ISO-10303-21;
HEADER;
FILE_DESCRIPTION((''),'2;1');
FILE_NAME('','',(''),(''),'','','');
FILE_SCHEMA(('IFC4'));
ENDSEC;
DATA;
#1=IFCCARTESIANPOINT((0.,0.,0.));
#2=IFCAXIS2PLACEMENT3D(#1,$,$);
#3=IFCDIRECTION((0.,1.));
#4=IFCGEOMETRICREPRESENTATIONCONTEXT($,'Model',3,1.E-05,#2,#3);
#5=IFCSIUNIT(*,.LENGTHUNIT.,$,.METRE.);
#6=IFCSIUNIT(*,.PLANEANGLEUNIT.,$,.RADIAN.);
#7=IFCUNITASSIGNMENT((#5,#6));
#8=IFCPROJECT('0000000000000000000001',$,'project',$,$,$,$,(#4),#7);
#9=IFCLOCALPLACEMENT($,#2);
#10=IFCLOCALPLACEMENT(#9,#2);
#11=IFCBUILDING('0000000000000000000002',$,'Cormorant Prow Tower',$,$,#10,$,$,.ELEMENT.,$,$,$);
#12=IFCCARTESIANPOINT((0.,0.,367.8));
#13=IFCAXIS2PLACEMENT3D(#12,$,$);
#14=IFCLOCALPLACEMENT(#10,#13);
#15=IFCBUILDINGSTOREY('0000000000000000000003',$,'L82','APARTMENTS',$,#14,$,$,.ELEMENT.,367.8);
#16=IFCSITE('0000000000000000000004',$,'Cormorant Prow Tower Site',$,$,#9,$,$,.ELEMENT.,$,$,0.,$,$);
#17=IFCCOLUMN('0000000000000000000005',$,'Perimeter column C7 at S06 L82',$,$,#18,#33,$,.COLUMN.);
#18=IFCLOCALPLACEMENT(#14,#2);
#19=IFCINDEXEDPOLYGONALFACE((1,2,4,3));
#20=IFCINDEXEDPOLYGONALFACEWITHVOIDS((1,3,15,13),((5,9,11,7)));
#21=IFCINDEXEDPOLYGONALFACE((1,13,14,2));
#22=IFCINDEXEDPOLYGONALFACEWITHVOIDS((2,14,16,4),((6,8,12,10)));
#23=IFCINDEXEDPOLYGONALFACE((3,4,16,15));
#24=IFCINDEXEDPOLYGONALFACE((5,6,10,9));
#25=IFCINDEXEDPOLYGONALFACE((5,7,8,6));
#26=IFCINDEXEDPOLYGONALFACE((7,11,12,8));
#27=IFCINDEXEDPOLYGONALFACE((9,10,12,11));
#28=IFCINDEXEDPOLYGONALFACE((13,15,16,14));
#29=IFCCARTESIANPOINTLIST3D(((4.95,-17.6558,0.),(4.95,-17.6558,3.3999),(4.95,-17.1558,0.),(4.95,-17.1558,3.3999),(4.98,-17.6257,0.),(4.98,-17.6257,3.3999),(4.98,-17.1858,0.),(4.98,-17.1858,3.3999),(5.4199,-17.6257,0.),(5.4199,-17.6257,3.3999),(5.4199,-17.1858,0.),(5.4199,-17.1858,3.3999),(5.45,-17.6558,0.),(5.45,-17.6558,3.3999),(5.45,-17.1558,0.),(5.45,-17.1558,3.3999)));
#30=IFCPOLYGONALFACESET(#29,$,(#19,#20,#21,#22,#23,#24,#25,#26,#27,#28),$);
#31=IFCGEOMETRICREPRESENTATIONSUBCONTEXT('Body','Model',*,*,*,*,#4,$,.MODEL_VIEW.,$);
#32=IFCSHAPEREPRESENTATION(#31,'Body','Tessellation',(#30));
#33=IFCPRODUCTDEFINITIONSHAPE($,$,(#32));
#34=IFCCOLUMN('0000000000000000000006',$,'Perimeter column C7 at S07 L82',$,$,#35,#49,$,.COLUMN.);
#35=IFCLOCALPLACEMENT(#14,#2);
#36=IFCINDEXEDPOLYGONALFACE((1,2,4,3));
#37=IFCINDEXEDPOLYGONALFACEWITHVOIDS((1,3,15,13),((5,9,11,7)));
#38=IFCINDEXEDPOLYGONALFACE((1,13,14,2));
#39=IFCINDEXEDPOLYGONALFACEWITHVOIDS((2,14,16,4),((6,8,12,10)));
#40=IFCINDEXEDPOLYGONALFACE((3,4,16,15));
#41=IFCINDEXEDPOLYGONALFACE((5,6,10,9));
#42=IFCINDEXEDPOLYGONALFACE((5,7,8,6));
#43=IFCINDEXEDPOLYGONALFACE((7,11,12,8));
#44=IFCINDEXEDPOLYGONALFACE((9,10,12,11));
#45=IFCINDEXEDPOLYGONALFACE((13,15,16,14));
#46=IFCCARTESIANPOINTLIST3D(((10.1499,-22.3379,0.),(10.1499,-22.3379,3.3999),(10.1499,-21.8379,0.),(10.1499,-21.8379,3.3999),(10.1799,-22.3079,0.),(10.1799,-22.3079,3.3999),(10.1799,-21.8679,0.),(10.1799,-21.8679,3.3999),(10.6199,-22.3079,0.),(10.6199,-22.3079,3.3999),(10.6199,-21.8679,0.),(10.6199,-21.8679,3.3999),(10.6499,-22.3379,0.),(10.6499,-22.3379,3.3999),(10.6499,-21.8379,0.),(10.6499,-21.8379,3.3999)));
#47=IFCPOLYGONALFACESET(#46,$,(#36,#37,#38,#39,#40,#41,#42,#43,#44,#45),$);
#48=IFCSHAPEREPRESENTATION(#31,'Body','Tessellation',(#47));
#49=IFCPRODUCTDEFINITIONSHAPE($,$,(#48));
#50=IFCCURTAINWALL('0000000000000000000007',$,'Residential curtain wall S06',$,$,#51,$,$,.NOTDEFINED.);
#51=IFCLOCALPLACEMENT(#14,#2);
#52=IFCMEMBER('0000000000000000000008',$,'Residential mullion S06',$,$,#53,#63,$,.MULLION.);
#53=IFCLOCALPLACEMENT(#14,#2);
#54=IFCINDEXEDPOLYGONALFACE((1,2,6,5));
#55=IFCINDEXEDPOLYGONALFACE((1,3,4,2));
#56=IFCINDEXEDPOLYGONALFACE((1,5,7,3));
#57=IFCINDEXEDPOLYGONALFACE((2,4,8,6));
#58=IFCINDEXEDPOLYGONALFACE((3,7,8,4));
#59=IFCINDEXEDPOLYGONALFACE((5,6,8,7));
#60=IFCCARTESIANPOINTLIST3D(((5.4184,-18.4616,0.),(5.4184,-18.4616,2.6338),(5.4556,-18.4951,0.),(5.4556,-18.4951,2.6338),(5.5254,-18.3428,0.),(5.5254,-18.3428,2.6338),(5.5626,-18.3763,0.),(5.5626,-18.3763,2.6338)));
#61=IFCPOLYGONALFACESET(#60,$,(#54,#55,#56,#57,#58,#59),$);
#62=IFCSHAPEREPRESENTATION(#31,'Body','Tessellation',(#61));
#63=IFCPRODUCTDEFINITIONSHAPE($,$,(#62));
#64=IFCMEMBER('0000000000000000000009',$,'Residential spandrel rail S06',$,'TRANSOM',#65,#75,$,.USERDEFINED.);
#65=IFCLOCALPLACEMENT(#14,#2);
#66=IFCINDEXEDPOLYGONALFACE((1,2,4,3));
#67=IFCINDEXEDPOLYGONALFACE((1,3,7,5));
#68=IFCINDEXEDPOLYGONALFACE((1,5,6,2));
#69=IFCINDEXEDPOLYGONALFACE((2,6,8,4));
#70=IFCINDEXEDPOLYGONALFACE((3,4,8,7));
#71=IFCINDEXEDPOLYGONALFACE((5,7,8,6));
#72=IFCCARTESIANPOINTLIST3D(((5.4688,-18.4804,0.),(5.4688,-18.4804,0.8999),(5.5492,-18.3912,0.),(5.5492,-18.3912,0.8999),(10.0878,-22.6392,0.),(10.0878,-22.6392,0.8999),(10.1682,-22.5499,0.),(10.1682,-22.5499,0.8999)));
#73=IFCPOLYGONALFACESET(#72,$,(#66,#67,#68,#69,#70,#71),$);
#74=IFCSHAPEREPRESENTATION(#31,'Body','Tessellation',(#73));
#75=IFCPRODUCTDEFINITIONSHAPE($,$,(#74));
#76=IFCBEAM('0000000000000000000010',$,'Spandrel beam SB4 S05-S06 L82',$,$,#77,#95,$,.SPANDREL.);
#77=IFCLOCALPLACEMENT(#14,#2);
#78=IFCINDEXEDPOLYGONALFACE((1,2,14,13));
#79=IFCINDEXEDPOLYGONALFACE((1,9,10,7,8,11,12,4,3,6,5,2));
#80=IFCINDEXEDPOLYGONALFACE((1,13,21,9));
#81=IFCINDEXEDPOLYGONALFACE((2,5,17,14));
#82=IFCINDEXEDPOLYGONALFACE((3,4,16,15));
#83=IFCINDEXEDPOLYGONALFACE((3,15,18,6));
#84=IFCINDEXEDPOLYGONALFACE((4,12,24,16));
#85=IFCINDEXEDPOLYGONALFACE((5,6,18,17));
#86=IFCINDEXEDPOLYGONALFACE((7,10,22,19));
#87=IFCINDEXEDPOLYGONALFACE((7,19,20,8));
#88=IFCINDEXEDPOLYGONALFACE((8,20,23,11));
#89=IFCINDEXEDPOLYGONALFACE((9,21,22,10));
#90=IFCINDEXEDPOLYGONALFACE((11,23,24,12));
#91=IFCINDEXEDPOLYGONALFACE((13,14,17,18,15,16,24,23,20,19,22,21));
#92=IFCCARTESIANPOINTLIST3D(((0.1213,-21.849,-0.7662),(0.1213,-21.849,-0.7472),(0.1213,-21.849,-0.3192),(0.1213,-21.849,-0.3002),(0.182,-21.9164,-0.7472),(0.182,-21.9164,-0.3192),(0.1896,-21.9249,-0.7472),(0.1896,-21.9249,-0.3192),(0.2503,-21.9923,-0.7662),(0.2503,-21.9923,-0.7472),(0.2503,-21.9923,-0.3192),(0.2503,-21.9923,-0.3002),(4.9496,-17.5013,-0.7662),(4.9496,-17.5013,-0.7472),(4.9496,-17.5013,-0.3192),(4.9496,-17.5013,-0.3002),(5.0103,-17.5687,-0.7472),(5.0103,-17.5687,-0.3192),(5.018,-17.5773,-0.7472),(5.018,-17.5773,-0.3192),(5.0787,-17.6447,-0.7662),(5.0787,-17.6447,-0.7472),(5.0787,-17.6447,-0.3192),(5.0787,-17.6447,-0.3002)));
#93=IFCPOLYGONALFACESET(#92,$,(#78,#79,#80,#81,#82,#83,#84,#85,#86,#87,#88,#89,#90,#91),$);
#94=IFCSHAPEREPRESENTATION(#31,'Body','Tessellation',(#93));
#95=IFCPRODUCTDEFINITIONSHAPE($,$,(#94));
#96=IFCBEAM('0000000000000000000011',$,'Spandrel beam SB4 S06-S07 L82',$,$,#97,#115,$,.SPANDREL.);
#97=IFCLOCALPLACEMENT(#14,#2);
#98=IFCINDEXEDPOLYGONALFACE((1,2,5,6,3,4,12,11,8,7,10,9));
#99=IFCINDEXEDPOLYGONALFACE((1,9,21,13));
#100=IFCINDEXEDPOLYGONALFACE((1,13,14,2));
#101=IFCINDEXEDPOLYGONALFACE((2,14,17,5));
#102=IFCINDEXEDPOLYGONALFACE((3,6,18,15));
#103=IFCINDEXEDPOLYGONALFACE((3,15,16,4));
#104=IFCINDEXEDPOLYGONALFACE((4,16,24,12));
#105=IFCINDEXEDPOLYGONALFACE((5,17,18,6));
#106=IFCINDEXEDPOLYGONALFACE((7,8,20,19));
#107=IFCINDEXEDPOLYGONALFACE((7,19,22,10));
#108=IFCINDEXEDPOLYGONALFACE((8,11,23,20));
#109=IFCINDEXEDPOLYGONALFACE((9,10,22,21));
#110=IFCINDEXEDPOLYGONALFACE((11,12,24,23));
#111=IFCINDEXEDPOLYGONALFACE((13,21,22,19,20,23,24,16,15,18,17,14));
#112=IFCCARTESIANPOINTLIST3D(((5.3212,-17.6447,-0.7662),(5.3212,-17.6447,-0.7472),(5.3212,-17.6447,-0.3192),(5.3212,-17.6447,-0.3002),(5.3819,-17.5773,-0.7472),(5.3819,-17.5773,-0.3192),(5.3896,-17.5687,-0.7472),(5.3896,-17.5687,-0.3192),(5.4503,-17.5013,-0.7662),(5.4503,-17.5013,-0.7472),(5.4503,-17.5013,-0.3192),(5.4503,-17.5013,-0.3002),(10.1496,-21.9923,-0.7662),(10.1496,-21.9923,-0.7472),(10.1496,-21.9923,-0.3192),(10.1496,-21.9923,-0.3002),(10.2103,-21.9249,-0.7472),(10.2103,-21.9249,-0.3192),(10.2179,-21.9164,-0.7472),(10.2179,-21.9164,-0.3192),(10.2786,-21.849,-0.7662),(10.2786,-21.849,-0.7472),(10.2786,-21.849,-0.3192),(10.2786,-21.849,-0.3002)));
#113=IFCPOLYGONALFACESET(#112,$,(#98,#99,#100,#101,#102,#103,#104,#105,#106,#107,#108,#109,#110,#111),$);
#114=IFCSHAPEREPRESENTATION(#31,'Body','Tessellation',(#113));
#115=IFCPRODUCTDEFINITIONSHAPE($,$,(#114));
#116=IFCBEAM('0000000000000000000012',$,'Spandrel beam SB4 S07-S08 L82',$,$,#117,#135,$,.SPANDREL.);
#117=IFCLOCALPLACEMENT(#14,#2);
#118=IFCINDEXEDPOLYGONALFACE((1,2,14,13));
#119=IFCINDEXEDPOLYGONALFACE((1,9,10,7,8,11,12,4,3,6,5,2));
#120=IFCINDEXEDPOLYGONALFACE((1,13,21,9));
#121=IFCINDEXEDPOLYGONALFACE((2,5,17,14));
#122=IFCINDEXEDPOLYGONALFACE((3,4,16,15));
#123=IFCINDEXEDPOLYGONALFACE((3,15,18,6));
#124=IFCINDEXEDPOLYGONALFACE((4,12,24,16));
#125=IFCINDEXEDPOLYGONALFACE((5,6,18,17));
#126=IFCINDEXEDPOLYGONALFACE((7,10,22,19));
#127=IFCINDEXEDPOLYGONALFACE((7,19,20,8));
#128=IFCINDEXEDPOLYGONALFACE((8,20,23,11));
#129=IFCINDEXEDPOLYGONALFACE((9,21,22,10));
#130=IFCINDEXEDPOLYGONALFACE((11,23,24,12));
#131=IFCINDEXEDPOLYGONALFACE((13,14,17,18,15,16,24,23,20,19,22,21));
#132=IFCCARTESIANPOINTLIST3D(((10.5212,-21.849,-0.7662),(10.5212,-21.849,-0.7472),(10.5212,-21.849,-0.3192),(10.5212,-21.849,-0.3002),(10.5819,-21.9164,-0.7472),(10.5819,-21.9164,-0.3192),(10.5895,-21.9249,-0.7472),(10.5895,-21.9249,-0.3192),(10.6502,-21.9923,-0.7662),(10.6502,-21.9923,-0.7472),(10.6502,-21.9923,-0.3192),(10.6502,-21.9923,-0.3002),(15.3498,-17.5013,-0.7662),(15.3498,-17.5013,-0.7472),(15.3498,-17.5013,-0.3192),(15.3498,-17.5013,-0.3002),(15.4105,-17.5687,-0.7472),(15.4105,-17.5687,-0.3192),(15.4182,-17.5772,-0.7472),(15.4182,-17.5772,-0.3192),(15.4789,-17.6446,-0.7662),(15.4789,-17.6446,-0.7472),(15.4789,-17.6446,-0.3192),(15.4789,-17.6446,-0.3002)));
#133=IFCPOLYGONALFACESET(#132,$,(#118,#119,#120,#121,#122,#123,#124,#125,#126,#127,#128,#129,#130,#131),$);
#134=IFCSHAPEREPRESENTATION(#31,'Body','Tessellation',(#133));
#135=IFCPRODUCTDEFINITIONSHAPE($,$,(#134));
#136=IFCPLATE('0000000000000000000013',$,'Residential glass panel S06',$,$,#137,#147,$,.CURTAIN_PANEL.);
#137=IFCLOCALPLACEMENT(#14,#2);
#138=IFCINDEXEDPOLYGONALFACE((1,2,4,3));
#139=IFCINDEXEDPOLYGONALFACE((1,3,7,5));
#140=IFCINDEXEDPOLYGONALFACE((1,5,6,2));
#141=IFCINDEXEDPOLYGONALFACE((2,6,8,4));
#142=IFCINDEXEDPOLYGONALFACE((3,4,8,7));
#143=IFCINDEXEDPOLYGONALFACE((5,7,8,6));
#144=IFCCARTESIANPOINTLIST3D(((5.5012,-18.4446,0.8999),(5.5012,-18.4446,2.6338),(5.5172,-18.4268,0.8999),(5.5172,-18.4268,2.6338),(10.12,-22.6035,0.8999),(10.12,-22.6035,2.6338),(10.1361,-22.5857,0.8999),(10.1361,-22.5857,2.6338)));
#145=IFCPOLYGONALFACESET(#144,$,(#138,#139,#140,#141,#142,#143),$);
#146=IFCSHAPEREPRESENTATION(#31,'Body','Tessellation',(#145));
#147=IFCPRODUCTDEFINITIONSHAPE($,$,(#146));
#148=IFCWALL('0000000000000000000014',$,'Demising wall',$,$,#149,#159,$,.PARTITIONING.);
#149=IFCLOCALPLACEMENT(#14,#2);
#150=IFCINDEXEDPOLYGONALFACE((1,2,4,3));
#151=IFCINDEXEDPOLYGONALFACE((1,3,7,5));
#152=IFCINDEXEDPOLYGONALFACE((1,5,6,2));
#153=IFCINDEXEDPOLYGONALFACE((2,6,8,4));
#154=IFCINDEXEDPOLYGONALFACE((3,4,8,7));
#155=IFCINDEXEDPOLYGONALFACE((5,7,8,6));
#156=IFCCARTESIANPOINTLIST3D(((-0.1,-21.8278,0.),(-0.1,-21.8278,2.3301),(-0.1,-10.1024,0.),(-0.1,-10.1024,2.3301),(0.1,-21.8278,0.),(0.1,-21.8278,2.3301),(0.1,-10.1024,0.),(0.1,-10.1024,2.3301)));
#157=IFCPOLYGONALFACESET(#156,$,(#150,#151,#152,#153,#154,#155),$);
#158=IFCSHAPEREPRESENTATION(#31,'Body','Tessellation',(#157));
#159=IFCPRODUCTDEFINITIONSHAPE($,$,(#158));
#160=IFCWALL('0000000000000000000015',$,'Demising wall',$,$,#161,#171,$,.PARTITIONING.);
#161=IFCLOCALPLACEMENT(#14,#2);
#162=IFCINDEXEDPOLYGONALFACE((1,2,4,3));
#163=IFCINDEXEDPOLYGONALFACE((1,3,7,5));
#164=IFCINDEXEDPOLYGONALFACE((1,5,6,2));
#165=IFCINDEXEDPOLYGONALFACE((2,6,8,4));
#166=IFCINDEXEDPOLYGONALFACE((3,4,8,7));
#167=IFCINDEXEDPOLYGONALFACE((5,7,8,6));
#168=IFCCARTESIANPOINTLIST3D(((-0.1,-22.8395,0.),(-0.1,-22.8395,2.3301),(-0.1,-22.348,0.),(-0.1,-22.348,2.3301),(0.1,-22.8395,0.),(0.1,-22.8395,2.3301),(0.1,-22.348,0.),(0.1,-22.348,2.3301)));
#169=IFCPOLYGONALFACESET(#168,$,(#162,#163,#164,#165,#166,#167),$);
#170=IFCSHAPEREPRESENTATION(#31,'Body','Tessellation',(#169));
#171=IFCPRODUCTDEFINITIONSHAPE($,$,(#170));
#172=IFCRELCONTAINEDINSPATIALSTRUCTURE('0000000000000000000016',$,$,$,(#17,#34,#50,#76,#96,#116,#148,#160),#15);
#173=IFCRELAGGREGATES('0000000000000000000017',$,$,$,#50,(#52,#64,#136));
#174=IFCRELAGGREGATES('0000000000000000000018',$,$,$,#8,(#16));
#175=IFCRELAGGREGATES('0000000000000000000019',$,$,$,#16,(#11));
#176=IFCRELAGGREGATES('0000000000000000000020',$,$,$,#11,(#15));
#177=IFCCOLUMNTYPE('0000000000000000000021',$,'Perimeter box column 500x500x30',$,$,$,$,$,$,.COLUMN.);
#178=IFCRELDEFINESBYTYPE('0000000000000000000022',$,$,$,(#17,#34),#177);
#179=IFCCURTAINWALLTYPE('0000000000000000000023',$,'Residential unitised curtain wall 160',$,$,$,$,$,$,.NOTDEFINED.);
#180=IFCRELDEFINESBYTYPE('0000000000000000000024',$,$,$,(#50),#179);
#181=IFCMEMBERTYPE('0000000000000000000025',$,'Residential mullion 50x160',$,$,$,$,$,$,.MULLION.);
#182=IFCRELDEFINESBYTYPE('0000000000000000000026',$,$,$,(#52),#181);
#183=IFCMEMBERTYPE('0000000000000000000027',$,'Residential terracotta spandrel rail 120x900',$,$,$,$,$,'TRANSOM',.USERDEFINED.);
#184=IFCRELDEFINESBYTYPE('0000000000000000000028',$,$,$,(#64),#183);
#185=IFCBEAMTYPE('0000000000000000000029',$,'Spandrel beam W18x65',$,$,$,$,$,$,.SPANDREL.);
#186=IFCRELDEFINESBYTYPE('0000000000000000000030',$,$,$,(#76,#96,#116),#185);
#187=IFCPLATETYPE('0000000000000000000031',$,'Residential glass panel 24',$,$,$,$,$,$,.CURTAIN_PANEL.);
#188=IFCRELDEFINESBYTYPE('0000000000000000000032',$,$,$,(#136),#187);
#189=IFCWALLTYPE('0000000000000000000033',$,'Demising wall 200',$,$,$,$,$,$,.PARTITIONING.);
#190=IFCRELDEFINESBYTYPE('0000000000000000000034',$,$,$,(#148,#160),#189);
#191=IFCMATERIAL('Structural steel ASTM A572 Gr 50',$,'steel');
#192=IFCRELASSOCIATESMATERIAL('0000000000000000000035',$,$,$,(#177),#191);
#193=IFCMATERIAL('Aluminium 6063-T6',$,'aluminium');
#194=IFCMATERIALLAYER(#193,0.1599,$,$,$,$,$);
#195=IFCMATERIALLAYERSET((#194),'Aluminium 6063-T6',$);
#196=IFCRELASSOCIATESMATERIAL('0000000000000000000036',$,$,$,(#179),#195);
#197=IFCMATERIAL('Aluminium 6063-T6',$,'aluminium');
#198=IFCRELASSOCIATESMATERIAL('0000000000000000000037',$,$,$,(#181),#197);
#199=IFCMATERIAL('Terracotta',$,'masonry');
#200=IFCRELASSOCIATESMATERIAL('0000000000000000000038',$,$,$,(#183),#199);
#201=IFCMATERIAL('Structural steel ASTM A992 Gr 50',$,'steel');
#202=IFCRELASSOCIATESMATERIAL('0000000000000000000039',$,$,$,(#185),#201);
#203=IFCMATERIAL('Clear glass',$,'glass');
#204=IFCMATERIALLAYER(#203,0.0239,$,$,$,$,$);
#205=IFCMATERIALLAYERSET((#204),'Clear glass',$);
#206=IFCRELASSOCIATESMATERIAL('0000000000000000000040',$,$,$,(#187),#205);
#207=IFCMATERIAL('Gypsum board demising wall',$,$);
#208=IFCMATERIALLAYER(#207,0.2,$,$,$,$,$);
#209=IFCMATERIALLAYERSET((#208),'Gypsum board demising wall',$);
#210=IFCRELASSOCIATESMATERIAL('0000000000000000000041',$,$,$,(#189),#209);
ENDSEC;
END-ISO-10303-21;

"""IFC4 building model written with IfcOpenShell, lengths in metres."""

from ifc_helpers import new_model, si_unit, direction, frame, frame_2d, origin, origin_2d, place, context, subcontext, project, spatial, rectangle, hollow_rectangle, i_section, extrude, material, layer, layer_set, material_profile, profile_set, type_object, element, aggregate, save


model = new_model("IFC4")

# Units and contexts
model_context = context("Model", 3, precision=1e-05, world=origin(), true_north=direction((0.0, 1.0)))
body_context = subcontext(model_context, "Body", "Model", "MODEL_VIEW")
ifc_project = project(units=[si_unit("LENGTHUNIT", "METRE"), si_unit("PLANEANGLEUNIT", "RADIAN")], contexts=[model_context])

# Site, building, storey
site_placement = place(None, origin())
site = spatial("IfcSite", under=ifc_project, at=site_placement, Name="Cormorant Prow Tower Site", CompositionType="ELEMENT", RefElevation=0.0)
building_placement = place(site_placement, origin())
building = spatial("IfcBuilding", under=site, at=building_placement, Name="Cormorant Prow Tower", CompositionType="ELEMENT")
storey_placement = place(building_placement, frame((0.0, 0.0, 367.8)))
storey = spatial("IfcBuildingStorey", under=building, at=storey_placement, Name="L82", Description="APARTMENTS", CompositionType="ELEMENT", Elevation=367.8)

# Columns
ifc_material_1 = material(Name="Structural steel ASTM A572 Gr 50", Category="steel")
ifc_material_profile_1 = material_profile(ifc_material_1, hollow_rectangle(XDim=0.5, YDim=0.5, WallThickness=0.03, at=origin_2d()), Name="Box 500x500x30")
ifc_profile_set_1 = profile_set([ifc_material_profile_1], Name="Structural steel ASTM A572 Gr 50")
column_type = type_object("IfcColumnType", Name="Perimeter box column 500x500x30", PredefinedType="COLUMN", material=ifc_profile_set_1)
for number, where, z_axis, x_axis, name in (
    (1, (5.2, -17.4058, 0.0), (0.0, 0.0, 1.0), (1.0, 0.0, 0.0), "Perimeter column C7 at S06 L82"),
    (2, (10.3999, -22.0879, 0.0), (0.0, 0.0, 1.0), (1.0, 0.0, 0.0), "Perimeter column C7 at S07 L82"),
):
    element("IfcColumn", number, at=place(storey_placement, frame(where, z_axis=z_axis, x_axis=x_axis)), inside=storey, type_object=column_type, Name=name, PredefinedType="COLUMN", context=body_context, shape_type="SweptSolid", body=[
        extrude(hollow_rectangle(XDim=0.5, YDim=0.5, WallThickness=0.03, at=origin_2d()), origin(), (0.0, 0.0, 1.0), 3.3999),
    ])

# Curtain wall, members
ifc_material_2 = material(Name="Aluminium 6063-T6", Category="aluminium")
ifc_layer_1 = layer(ifc_material_2, 0.1599)
ifc_layer_set_1 = layer_set([ifc_layer_1], Name="Aluminium 6063-T6")
curtain_wall_type = type_object("IfcCurtainWallType", Name="Residential unitised curtain wall 160", PredefinedType="NOTDEFINED", material=ifc_layer_set_1)
curtain_wall_placement = place(storey_placement, origin())
curtain_wall = element("IfcCurtainWall", 3, at=curtain_wall_placement, inside=storey, type_object=curtain_wall_type, Name="Residential curtain wall S06", PredefinedType="NOTDEFINED")
ifc_material_3 = material(Name="Aluminium 6063-T6", Category="aluminium")
ifc_material_profile_2 = material_profile(ifc_material_3, rectangle(XDim=0.1599, YDim=0.05, at=origin_2d()), Name="Residential mullion 50x160")
ifc_profile_set_2 = profile_set([ifc_material_profile_2], Name="Aluminium 6063-T6")
member_type_1 = type_object("IfcMemberType", Name="Residential mullion 50x160", PredefinedType="MULLION", material=ifc_profile_set_2)
member_1_placement = place(storey_placement, frame((5.4905, -18.4189, 0.0), z_axis=(0.0, 0.0, 1.0), x_axis=(0.669131, 0.743145, 0.0)))
member_1 = element("IfcMember", 4, at=member_1_placement, type_object=member_type_1, Name="Residential mullion S06", PredefinedType="MULLION", context=body_context, shape_type="SweptSolid", body=[
    extrude(rectangle(XDim=0.1599, YDim=0.05, at=origin_2d()), origin(), (0.0, 0.0, 1.0), 2.6338),
])
ifc_material_4 = material(Name="Terracotta", Category="masonry")
ifc_material_profile_3 = material_profile(ifc_material_4, rectangle(XDim=0.1201, YDim=0.8999, at=origin_2d()), Name="Residential terracotta spandrel rail 120x900")
ifc_profile_set_3 = profile_set([ifc_material_profile_3], Name="Terracotta")
member_type_2 = type_object("IfcMemberType", Name="Residential terracotta spandrel rail 120x900", ElementType="TRANSOM", PredefinedType="USERDEFINED", material=ifc_profile_set_3)
member_2_placement = place(storey_placement, frame((5.509, -18.4358, 0.45), z_axis=(0.743159, -0.669114, 0.0), x_axis=(0.669114, 0.743159, 0.0)))
member_2 = element("IfcMember", 5, at=member_2_placement, type_object=member_type_2, Name="Residential spandrel rail S06", ObjectType="TRANSOM", PredefinedType="USERDEFINED", context=body_context, shape_type="SweptSolid", body=[
    extrude(rectangle(XDim=0.1201, YDim=0.8999, at=origin_2d()), origin(), (0.0, 0.0, 1.0), 6.2153),
])

# Beams
ifc_material_5 = material(Name="Structural steel ASTM A992 Gr 50", Category="steel")
ifc_material_profile_4 = material_profile(ifc_material_5, i_section(OverallWidth=0.1929, OverallDepth=0.4661, WebThickness=0.0115, FlangeThickness=0.019, at=origin_2d()), Name="W18x65")
ifc_profile_set_4 = profile_set([ifc_material_profile_4], Name="Structural steel ASTM A992 Gr 50")
beam_type = type_object("IfcBeamType", Name="Spandrel beam W18x65", PredefinedType="SPANDREL", material=ifc_profile_set_4)
for number, where, z_axis, x_axis, name in (
    (6, (0.1858, -21.9207, -0.5332), (0.743132, 0.669145, 0.0), (-0.669145, 0.743132, 0.0), "Spandrel beam SB4 S05-S06 L82"),
    (7, (5.3857, -17.573, -0.5332), (0.743132, -0.669145, 0.0), (0.669145, 0.743132, 0.0), "Spandrel beam SB4 S06-S07 L82"),
):
    element("IfcBeam", number, at=place(storey_placement, frame(where, z_axis=z_axis, x_axis=x_axis)), inside=storey, type_object=beam_type, Name=name, PredefinedType="SPANDREL", context=body_context, shape_type="SweptSolid", body=[
        extrude(i_section(OverallWidth=0.1929, OverallDepth=0.4661, WebThickness=0.0115, FlangeThickness=0.019, at=origin_2d()), origin(), (0.0, 0.0, 1.0), 6.4973),
    ])
beam_placement = place(storey_placement, frame((10.5857, -21.9207, -0.5332), z_axis=(0.743148, 0.669127, 0.0), x_axis=(-0.669127, 0.743148, 0.0)))
element("IfcBeam", 8, at=beam_placement, inside=storey, type_object=beam_type, Name="Spandrel beam SB4 S07-S08 L82", PredefinedType="SPANDREL", context=body_context, shape_type="SweptSolid", body=[
    extrude(i_section(OverallWidth=0.1929, OverallDepth=0.4661, WebThickness=0.0115, FlangeThickness=0.019, at=origin_2d()), origin(), (0.0, 0.0, 1.0), 6.4976),
])

# Plate
ifc_material_6 = material(Name="Clear glass", Category="glass")
ifc_layer_2 = layer(ifc_material_6, 0.0239)
ifc_layer_set_2 = layer_set([ifc_layer_2], Name="Clear glass")
plate_type = type_object("IfcPlateType", Name="Residential glass panel 24", PredefinedType="CURTAIN_PANEL", material=ifc_layer_set_2)
plate_placement = place(storey_placement, frame((7.8186, -20.5151, 0.8999), z_axis=(0.0, 0.0, 1.0), x_axis=(0.743145, -0.669131, 0.0)))
plate = element("IfcPlate", 9, at=plate_placement, type_object=plate_type, Name="Residential glass panel S06", PredefinedType="CURTAIN_PANEL", context=body_context, shape_type="SweptSolid", body=[
    extrude(rectangle(XDim=6.2153, YDim=0.0239, at=origin_2d()), origin(), (0.0, 0.0, 1.0), 1.7339),
])
aggregate(curtain_wall, [member_1, member_2, plate])

# Walls
ifc_material_7 = material(Name="Gypsum board demising wall")
ifc_layer_3 = layer(ifc_material_7, 0.2)
ifc_layer_set_3 = layer_set([ifc_layer_3], Name="Gypsum board demising wall")
wall_type_1 = type_object("IfcWallType", Name="Demising wall 200", PredefinedType="PARTITIONING", material=ifc_layer_set_3)
wall_1_placement = place(storey_placement, frame((0.0, -21.8279, 0.0), z_axis=(0.0, 0.0, 1.0), x_axis=(0.0, 1.0, 0.0)))
element("IfcWall", 10, at=wall_1_placement, inside=storey, type_object=wall_type_1, Name="Demising wall", PredefinedType="PARTITIONING", context=body_context, shape_type="SweptSolid", body=[
    extrude(rectangle(XDim=11.7253, YDim=0.2, at=frame_2d((5.8628, 0.0))), origin(), (0.0, 0.0, 1.0), 2.3301),
])
wall_2_placement = place(storey_placement, frame((0.0, -22.8394, 0.0), z_axis=(0.0, 0.0, 1.0), x_axis=(0.0, 1.0, 0.0)))
element("IfcWall", 11, at=wall_2_placement, inside=storey, type_object=wall_type_1, Name="Demising wall", PredefinedType="PARTITIONING", context=body_context, shape_type="SweptSolid", body=[
    extrude(rectangle(XDim=0.4915, YDim=0.2, at=frame_2d((0.2456, 0.0))), origin(), (0.0, 0.0, 1.0), 2.3301),
])

save(model, "model.ifc")
